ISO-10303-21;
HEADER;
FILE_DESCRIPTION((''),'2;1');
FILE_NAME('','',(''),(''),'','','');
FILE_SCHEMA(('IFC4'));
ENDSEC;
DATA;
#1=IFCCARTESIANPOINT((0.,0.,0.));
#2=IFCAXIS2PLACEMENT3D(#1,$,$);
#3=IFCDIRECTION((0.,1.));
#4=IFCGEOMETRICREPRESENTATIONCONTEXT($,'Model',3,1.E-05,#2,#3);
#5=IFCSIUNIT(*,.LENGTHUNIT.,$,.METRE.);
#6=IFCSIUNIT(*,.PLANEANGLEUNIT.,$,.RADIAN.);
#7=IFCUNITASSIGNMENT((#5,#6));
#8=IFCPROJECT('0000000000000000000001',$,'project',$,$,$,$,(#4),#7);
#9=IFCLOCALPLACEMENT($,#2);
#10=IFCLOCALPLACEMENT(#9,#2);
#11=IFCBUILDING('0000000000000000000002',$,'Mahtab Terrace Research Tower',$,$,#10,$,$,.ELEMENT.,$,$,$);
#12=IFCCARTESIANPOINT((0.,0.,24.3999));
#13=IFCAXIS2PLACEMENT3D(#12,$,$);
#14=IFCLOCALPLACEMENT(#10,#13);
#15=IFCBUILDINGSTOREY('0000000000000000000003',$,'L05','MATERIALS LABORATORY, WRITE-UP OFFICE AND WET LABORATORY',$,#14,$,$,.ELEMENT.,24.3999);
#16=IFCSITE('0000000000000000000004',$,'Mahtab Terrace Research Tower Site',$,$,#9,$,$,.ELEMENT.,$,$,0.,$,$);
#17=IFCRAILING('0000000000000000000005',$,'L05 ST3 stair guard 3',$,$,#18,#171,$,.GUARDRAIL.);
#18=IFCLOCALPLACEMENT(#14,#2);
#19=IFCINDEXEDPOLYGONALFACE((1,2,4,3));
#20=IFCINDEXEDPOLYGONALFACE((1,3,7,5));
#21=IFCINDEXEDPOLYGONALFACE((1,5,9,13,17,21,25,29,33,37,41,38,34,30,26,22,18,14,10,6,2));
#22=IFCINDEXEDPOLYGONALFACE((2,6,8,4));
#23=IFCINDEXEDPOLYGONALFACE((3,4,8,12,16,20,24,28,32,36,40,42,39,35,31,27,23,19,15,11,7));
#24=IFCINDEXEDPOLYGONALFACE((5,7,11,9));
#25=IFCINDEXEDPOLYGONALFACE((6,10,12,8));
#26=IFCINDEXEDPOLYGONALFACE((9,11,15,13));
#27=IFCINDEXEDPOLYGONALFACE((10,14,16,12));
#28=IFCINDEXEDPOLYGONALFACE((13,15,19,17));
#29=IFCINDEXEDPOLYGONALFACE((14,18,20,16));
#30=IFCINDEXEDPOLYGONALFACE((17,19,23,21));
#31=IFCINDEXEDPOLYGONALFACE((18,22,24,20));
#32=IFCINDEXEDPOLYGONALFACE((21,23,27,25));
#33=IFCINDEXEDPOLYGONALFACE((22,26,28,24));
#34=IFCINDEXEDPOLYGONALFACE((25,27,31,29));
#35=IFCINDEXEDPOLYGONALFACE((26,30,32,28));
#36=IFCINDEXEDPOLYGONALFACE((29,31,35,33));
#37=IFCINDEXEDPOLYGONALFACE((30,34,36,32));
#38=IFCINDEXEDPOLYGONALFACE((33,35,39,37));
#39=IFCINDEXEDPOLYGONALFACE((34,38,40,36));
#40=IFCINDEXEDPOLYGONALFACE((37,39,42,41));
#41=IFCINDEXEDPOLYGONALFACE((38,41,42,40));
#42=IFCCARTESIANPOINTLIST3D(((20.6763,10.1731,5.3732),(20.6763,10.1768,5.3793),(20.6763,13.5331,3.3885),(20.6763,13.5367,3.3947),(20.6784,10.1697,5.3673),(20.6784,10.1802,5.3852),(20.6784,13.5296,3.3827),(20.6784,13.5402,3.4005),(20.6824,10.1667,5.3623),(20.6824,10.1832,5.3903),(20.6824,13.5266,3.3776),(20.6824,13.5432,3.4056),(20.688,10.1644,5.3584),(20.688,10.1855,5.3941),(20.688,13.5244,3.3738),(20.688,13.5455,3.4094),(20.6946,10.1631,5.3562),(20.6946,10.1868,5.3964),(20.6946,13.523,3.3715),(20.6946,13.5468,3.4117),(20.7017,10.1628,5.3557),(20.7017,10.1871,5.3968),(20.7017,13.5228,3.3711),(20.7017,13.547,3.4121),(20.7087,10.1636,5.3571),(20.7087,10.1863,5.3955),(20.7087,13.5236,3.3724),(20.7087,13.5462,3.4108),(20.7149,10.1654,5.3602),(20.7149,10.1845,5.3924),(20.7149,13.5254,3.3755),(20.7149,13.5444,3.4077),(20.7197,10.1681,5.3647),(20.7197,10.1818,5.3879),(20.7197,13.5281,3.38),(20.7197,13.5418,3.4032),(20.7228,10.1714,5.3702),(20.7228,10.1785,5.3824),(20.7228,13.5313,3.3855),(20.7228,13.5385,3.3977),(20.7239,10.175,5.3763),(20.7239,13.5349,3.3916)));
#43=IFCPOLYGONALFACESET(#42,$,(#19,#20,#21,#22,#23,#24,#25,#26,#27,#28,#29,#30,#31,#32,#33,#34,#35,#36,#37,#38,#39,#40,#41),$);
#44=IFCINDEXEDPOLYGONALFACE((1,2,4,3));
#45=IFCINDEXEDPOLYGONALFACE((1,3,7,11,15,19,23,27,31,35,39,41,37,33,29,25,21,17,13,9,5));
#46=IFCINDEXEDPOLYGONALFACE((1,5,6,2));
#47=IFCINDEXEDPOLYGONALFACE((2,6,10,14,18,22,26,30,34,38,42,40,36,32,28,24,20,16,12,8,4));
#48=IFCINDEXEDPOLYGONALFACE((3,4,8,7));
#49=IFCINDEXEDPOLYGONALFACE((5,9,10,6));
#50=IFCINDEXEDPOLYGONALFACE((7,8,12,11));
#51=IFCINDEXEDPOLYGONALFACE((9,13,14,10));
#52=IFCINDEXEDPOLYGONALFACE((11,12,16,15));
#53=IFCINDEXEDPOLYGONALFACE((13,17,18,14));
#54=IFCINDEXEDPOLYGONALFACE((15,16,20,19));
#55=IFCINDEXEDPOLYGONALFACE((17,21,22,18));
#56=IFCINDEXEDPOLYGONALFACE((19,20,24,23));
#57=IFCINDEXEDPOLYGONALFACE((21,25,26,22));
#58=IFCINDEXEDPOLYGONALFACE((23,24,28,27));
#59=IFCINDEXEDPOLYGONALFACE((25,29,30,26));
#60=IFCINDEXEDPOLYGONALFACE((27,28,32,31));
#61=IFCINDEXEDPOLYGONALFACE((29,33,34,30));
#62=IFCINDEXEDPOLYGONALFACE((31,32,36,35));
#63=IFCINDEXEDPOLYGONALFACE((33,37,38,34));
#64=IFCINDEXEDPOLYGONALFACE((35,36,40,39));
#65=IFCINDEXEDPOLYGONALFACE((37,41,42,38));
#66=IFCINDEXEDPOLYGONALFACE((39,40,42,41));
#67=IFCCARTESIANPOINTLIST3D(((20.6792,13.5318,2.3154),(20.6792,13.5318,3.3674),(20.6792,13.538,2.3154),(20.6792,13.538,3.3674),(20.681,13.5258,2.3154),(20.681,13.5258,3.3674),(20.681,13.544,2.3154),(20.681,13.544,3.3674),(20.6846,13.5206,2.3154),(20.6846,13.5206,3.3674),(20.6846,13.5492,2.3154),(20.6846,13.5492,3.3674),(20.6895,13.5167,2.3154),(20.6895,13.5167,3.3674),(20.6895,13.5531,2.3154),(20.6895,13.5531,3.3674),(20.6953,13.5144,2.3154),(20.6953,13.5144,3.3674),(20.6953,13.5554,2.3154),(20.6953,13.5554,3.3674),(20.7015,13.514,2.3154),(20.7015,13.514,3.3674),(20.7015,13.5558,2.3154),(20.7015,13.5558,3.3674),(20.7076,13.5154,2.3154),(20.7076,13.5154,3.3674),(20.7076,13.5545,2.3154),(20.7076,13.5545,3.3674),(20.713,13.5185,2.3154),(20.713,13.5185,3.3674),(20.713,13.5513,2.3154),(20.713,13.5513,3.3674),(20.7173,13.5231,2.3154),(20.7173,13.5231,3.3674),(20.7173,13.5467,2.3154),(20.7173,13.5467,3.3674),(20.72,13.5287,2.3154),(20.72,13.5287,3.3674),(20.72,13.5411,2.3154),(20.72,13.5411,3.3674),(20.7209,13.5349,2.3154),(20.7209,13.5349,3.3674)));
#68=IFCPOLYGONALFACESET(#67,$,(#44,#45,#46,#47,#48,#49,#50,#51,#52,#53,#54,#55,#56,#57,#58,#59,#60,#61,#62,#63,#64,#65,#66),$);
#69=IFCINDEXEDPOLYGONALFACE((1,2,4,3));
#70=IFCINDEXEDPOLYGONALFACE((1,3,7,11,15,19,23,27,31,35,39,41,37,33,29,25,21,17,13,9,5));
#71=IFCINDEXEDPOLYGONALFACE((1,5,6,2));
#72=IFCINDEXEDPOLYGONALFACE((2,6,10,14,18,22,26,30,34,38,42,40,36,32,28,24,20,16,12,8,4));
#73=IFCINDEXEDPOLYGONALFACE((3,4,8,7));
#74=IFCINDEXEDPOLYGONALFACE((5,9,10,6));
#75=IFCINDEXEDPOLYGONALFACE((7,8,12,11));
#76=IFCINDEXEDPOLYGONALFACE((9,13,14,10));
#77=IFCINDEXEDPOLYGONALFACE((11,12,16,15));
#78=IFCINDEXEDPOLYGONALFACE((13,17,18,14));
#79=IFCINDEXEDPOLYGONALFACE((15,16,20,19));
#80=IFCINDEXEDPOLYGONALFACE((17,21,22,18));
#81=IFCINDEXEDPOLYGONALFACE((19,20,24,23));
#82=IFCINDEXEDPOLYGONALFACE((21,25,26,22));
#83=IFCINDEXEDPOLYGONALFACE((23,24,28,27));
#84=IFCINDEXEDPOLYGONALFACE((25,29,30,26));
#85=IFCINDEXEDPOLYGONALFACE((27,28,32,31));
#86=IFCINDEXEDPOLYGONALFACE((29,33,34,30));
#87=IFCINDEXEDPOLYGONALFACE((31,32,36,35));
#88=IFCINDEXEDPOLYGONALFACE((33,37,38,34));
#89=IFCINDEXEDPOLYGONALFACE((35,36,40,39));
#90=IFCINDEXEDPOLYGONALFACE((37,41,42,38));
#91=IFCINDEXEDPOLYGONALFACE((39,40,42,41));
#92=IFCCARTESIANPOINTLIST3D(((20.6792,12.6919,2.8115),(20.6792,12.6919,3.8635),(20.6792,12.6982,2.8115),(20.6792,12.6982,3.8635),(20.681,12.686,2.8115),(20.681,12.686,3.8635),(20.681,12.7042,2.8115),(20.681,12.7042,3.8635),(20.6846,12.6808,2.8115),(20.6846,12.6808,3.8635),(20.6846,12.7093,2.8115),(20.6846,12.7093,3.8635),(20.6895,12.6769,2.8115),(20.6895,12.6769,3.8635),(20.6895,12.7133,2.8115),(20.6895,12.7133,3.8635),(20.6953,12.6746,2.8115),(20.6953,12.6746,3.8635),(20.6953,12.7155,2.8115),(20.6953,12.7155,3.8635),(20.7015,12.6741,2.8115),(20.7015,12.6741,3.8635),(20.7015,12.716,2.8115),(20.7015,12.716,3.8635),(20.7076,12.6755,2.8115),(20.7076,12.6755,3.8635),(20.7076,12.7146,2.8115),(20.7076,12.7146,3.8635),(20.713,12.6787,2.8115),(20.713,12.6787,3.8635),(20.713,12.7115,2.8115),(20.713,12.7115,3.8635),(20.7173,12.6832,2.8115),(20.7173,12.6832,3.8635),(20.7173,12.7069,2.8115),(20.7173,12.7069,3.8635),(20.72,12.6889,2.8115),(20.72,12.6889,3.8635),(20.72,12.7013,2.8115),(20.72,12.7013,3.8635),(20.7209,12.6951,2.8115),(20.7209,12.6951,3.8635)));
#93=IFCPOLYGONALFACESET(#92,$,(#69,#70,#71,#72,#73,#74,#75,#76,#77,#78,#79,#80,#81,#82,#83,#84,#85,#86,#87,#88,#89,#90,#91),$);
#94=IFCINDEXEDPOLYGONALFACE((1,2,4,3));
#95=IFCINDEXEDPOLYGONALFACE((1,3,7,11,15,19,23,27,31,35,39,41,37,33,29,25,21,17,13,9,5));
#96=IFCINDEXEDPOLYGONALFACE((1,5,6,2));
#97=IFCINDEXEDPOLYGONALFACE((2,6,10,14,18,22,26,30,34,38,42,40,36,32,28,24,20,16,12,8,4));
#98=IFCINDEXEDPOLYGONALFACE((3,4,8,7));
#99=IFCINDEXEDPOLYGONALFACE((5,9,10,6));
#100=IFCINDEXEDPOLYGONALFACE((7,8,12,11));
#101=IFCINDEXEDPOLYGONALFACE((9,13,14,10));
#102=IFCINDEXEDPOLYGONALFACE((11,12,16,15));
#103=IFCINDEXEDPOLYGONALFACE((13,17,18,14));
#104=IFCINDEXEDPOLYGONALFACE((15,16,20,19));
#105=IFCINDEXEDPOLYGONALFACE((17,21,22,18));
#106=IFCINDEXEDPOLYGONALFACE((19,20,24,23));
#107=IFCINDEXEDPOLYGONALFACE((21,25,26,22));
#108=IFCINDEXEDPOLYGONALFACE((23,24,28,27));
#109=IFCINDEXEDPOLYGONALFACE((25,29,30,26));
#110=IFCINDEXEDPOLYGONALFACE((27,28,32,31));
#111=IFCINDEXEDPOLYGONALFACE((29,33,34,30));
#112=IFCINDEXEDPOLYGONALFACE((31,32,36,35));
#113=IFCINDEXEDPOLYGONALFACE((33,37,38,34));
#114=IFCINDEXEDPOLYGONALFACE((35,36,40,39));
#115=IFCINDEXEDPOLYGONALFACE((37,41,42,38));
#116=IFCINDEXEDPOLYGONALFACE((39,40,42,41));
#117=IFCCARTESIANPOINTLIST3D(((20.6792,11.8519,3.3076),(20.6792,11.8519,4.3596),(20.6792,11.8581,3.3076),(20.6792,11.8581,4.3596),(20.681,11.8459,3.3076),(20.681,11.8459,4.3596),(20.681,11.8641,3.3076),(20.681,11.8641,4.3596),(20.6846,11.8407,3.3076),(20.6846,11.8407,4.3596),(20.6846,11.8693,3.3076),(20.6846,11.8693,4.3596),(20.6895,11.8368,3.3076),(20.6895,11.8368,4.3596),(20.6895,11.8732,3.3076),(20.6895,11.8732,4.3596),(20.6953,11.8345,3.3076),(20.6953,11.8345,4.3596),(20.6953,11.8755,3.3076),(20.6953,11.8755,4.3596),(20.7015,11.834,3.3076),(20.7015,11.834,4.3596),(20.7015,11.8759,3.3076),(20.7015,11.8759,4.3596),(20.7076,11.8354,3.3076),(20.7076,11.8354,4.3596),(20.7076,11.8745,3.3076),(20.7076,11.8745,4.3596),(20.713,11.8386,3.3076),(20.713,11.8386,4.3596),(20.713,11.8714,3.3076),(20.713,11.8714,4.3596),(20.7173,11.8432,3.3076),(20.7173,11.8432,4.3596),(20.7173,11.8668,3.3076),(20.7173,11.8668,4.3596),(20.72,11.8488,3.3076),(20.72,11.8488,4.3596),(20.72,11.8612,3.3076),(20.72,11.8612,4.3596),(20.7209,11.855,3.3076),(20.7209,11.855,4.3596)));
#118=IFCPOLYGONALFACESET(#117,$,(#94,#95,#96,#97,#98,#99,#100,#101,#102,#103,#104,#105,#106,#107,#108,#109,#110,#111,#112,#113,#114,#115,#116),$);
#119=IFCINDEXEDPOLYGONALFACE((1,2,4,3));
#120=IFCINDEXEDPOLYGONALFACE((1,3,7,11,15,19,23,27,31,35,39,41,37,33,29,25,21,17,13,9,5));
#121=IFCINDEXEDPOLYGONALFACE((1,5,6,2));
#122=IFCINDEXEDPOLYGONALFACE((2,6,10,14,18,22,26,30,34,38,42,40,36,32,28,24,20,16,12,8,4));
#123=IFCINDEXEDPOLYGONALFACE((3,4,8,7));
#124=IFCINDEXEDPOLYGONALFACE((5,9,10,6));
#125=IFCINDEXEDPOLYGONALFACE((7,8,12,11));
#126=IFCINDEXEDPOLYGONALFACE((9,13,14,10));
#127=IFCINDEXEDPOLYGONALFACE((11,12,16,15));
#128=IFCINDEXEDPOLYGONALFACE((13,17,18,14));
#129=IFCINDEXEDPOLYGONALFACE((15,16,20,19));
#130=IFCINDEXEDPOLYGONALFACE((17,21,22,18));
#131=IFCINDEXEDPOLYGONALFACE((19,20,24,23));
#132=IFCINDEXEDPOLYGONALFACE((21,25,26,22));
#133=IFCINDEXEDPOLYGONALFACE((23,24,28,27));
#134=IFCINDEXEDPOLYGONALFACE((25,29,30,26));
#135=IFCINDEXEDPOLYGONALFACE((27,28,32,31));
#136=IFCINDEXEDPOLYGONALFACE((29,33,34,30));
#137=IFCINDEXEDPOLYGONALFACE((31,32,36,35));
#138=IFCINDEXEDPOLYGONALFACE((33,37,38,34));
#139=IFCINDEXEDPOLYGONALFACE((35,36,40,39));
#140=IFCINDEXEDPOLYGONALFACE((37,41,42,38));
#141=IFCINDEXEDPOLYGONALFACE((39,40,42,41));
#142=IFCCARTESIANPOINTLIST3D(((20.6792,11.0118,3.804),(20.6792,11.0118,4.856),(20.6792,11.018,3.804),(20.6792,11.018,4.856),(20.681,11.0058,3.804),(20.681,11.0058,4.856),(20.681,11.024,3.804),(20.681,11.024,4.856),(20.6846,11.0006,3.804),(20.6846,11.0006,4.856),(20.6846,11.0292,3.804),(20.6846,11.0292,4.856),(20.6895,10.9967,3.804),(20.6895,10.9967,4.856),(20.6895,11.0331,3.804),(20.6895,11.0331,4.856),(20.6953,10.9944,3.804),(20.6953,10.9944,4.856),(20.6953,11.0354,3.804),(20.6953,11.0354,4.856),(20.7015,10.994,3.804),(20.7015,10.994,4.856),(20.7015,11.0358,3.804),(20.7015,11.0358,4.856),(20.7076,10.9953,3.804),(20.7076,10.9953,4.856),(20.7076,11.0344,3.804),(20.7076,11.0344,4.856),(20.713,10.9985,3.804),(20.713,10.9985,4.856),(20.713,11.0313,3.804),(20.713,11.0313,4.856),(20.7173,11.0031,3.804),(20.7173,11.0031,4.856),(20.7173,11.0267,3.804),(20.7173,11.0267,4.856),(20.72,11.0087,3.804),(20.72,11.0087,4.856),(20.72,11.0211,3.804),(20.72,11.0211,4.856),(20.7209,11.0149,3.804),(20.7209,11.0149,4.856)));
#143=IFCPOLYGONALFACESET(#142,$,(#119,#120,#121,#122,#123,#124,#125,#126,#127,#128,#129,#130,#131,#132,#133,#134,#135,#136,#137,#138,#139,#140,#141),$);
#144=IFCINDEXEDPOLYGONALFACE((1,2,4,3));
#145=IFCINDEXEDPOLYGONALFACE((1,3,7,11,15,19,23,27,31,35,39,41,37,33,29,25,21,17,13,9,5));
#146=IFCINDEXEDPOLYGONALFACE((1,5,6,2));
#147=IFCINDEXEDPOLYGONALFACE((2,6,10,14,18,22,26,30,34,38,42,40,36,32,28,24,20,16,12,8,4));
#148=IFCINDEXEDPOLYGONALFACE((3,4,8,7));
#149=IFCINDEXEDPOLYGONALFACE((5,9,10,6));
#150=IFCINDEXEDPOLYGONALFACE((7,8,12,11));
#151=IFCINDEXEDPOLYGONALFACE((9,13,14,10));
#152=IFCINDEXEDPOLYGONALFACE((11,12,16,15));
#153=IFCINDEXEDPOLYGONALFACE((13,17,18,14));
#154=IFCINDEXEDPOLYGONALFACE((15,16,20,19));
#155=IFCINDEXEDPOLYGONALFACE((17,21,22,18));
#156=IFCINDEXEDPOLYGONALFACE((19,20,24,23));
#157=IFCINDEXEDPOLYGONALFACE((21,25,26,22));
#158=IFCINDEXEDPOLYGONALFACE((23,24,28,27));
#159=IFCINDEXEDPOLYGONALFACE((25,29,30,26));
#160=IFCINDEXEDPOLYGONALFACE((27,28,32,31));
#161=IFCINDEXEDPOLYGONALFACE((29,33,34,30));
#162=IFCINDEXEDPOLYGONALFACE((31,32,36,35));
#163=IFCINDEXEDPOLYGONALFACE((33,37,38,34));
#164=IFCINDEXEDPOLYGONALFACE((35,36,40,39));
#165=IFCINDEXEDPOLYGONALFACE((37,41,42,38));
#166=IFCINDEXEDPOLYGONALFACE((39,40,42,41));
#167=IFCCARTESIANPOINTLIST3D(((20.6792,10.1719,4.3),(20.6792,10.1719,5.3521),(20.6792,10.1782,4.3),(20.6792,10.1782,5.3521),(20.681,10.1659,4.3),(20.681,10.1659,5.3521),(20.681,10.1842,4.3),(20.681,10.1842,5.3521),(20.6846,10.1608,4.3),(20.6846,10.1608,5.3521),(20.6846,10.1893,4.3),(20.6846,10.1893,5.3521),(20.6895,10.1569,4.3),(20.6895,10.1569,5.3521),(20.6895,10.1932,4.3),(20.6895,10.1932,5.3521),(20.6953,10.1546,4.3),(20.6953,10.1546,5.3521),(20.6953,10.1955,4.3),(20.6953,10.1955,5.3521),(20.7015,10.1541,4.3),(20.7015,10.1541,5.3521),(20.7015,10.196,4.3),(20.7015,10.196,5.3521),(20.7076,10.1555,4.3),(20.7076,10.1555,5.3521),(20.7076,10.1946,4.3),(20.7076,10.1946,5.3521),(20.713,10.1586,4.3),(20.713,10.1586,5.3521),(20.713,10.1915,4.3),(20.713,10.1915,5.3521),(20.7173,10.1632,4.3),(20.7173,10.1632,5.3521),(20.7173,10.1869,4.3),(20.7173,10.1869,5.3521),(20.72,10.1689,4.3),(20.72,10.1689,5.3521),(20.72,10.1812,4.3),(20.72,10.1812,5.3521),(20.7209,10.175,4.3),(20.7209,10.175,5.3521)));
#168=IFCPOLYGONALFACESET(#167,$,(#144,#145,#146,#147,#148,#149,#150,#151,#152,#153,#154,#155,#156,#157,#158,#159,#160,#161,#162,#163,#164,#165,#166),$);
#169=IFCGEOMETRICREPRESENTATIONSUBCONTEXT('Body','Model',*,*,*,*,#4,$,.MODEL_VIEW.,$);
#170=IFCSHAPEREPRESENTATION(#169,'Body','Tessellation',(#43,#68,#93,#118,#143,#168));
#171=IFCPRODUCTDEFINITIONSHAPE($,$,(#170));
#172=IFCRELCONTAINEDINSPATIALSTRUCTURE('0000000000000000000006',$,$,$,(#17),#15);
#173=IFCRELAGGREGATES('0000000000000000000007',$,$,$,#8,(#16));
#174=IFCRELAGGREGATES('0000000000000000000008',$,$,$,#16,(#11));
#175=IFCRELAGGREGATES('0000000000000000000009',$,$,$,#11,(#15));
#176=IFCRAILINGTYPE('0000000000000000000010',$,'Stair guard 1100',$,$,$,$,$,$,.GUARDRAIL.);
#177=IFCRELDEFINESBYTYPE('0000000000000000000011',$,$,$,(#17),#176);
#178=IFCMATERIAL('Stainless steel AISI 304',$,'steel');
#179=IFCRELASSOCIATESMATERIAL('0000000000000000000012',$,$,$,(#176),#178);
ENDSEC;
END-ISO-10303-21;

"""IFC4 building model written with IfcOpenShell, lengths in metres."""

from ifc_helpers import new_model, si_unit, direction, frame, origin, origin_2d, place, context, subcontext, project, spatial, circle, extrude, material, type_object, element, save


model = new_model("IFC4")

# Units and contexts
model_context = context("Model", 3, precision=1e-05, world=origin(), true_north=direction((0.0, 1.0)))
body_context = subcontext(model_context, "Body", "Model", "MODEL_VIEW")
ifc_project = project(units=[si_unit("LENGTHUNIT", "METRE"), si_unit("PLANEANGLEUNIT", "RADIAN")], contexts=[model_context])

# Site, building, storey
site_placement = place(None, origin())
site = spatial("IfcSite", under=ifc_project, at=site_placement, Name="Mahtab Terrace Research Tower Site", CompositionType="ELEMENT", RefElevation=0.0)
building_placement = place(site_placement, origin())
building = spatial("IfcBuilding", under=site, at=building_placement, Name="Mahtab Terrace Research Tower", CompositionType="ELEMENT")
storey_placement = place(building_placement, frame((0.0, 0.0, 24.3999)))
storey = spatial("IfcBuildingStorey", under=building, at=storey_placement, Name="L05", Description="MATERIALS LABORATORY, WRITE-UP OFFICE AND WET LABORATORY", CompositionType="ELEMENT", Elevation=24.3999)

# Railing
ifc_material_1 = material(Name="Stainless steel AISI 304", Category="steel")
railing_type_1 = type_object("IfcRailingType", Name="Stair guard 1100", PredefinedType="GUARDRAIL", material=ifc_material_1)
railing_1_placement = place(storey_placement, frame((20.7, 13.5349, 2.3154)))
element("IfcRailing", 1, at=railing_1_placement, inside=storey, type_object=railing_type_1, Name="L05 ST3 stair guard 3", PredefinedType="GUARDRAIL", context=body_context, shape_type="SweptSolid", body=[
    extrude(circle(Radius=0.0239, at=origin_2d()), frame((0.0, 0.0, 1.0762), z_axis=(0.0, -0.861011, 0.508586), x_axis=(1.0, 0.0, 0.0)), (0.0, 0.0, 1.0), 3.9023),
    extrude(circle(Radius=0.021, at=origin_2d()), origin(), (0.0, 0.0, 1.0), 1.052),
    extrude(circle(Radius=0.021, at=origin_2d()), frame((0.0, -0.8398, 0.4961)), (0.0, 0.0, 1.0), 1.052),
    extrude(circle(Radius=0.021, at=origin_2d()), frame((0.0, -1.6799, 0.9922)), (0.0, 0.0, 1.0), 1.052),
    extrude(circle(Radius=0.021, at=origin_2d()), frame((0.0, -2.52, 1.4885)), (0.0, 0.0, 1.0), 1.052),
    extrude(circle(Radius=0.021, at=origin_2d()), frame((0.0, -3.3599, 1.9846)), (0.0, 0.0, 1.0), 1.052),
])

save(model, "model.ifc")
